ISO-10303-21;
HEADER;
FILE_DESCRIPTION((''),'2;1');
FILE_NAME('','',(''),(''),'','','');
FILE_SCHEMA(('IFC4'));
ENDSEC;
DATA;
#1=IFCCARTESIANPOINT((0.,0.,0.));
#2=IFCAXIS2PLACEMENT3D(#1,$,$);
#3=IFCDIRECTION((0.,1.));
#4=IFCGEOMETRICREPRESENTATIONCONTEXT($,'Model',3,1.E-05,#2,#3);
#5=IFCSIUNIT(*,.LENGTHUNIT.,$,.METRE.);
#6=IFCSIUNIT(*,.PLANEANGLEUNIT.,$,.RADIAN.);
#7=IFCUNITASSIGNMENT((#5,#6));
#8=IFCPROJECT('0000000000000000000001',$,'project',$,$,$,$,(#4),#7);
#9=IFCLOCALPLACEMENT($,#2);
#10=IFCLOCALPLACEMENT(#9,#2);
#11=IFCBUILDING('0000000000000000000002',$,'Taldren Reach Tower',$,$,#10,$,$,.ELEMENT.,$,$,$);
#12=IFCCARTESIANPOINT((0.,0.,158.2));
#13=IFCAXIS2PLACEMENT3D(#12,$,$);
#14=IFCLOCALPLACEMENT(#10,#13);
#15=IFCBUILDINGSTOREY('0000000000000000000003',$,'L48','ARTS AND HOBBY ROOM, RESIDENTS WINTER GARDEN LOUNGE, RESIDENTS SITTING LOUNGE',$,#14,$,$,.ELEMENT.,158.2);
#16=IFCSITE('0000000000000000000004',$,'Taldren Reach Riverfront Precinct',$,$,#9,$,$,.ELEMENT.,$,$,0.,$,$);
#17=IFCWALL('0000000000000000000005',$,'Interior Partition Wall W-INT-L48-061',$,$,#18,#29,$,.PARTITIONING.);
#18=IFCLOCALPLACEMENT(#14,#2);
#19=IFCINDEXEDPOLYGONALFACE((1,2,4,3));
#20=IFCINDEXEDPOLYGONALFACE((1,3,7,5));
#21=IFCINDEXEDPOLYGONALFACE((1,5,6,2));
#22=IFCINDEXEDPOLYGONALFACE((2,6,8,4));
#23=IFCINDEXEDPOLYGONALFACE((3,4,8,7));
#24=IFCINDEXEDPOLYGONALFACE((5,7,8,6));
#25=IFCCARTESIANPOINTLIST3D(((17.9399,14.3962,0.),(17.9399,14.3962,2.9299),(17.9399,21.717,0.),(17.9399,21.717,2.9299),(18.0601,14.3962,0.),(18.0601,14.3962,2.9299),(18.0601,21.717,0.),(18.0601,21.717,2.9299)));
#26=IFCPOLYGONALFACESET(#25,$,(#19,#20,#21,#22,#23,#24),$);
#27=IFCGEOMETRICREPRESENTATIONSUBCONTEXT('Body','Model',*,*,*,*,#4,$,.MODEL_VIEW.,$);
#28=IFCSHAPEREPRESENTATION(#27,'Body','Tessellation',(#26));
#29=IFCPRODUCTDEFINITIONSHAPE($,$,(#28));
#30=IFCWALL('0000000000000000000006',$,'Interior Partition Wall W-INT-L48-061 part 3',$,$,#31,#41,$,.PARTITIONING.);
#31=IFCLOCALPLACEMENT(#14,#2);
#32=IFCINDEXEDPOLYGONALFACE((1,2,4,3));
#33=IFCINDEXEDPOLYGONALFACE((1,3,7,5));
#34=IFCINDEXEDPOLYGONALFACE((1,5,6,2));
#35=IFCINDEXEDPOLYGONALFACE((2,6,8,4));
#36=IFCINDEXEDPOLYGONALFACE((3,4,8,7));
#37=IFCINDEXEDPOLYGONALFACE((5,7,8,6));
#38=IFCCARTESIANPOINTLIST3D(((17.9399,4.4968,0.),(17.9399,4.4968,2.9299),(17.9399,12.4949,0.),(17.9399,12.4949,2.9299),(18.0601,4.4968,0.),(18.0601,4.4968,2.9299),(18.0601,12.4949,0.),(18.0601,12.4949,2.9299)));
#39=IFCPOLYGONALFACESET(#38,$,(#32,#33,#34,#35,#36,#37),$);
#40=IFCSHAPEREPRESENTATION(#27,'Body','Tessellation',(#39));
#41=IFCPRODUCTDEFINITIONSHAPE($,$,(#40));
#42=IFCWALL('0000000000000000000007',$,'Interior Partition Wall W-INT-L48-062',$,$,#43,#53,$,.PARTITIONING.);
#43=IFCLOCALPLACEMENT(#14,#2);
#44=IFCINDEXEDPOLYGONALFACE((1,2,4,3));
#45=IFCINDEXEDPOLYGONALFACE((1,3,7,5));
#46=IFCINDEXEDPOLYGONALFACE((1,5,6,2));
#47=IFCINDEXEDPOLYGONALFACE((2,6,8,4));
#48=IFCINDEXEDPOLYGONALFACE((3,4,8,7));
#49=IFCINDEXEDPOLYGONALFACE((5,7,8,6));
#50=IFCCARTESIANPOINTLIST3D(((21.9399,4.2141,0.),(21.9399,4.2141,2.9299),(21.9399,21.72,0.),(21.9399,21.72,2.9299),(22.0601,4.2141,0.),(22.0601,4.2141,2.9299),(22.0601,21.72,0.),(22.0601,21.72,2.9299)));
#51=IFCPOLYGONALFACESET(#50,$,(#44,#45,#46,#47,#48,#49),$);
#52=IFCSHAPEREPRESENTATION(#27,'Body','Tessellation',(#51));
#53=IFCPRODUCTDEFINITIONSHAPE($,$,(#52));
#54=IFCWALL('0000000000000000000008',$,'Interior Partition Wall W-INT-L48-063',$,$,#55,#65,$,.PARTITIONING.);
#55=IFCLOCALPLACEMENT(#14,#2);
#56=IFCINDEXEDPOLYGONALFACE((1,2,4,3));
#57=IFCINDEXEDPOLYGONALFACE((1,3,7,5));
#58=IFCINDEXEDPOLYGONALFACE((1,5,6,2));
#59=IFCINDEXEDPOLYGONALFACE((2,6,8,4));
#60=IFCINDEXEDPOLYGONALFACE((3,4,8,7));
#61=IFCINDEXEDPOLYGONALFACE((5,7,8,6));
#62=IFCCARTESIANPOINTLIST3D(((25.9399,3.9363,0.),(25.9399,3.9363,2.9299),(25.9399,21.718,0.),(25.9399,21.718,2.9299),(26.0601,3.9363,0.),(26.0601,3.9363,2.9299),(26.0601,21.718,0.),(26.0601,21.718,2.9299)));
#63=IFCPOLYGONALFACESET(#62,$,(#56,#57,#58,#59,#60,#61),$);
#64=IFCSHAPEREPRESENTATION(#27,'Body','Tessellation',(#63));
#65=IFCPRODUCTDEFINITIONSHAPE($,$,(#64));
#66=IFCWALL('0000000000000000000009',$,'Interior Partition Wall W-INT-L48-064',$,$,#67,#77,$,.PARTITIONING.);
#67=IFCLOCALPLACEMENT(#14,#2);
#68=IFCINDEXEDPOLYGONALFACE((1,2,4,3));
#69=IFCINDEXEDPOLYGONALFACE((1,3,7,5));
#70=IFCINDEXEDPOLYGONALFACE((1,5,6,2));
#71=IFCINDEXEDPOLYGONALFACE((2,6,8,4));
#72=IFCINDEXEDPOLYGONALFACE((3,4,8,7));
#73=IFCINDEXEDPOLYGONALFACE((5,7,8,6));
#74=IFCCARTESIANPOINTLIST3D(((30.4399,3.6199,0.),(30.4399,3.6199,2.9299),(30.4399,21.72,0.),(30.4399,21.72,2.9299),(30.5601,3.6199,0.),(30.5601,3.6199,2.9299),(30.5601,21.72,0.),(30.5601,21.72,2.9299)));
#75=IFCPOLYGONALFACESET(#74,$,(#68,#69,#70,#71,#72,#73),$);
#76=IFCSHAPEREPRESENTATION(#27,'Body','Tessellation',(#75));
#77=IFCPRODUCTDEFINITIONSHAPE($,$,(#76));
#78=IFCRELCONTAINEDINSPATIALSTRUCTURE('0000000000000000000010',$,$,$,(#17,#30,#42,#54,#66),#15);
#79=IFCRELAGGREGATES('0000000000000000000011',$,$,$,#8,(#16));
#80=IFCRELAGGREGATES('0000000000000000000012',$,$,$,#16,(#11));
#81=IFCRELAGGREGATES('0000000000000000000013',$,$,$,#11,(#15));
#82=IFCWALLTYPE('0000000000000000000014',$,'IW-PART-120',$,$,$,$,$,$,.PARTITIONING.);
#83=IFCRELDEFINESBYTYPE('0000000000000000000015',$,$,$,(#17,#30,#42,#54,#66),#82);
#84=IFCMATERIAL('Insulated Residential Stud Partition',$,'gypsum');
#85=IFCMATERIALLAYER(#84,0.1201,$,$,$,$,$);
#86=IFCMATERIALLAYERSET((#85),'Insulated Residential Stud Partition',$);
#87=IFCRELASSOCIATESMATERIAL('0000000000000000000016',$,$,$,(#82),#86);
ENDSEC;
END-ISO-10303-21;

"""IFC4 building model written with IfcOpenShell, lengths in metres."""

from ifc_helpers import new_model, si_unit, direction, frame, frame_2d, origin, place, context, subcontext, project, spatial, rectangle, extrude, source, transform, mapped, material, layer, layer_set, type_object, element, save


model = new_model("IFC4")

# Units and contexts
model_context = context("Model", 3, precision=1e-05, world=origin(), true_north=direction((0.0, 1.0)))
body_context = subcontext(model_context, "Body", "Model", "MODEL_VIEW")
ifc_project = project(units=[si_unit("LENGTHUNIT", "METRE"), si_unit("PLANEANGLEUNIT", "RADIAN")], contexts=[model_context])

# Site, building, storey
site_placement = place(None, origin())
site = spatial("IfcSite", under=ifc_project, at=site_placement, Name="Taldren Reach Riverfront Precinct", CompositionType="ELEMENT", RefElevation=0.0)
building_placement = place(site_placement, origin())
building = spatial("IfcBuilding", under=site, at=building_placement, Name="Taldren Reach Tower", CompositionType="ELEMENT")
storey_placement = place(building_placement, frame((0.0, 0.0, 158.2)))
storey = spatial("IfcBuildingStorey", under=building, at=storey_placement, Name="L48", Description="ARTS AND HOBBY ROOM, RESIDENTS WINTER GARDEN LOUNGE, RESIDENTS SITTING LOUNGE", CompositionType="ELEMENT", Elevation=158.2)

# Shared definitions
ifc_material_1 = material(Name="Insulated Residential Stud Partition", Category="gypsum")
ifc_layer_1 = layer(ifc_material_1, 0.1201)
ifc_layer_set_1 = layer_set([ifc_layer_1], Name="Insulated Residential Stud Partition")
wall_type_1 = type_object("IfcWallType", Name="IW-PART-120", PredefinedType="PARTITIONING", material=ifc_layer_set_1)

# Walls
shared_shape_1 = source(origin(), body_context, "Body", "SweptSolid", [
    extrude(rectangle(XDim=7.3208, YDim=0.1201, at=frame_2d((3.6604, 0.0))), origin(), (0.0, 0.0, 1.0), 2.9299),
])
wall_1_placement = place(storey_placement, frame((18.0, 21.717, 0.0), z_axis=(0.0, 0.0, 1.0), x_axis=(0.0, -1.0, 0.0)))
element("IfcWall", 1, at=wall_1_placement, inside=storey, type_object=wall_type_1, Name="Interior Partition Wall W-INT-L48-061", PredefinedType="PARTITIONING", context=body_context, shape_type="MappedRepresentation", body=[
    mapped(shared_shape_1, transform((0.0, 0.0, 0.0), scale=1.0)),
])
shared_shape_2 = source(origin(), body_context, "Body", "SweptSolid", [
    extrude(rectangle(XDim=7.998, YDim=0.1201, at=frame_2d((3.999, 0.0))), origin(), (0.0, 0.0, 1.0), 2.9299),
])
wall_2_placement = place(storey_placement, frame((18.0, 12.4949, 0.0), z_axis=(0.0, 0.0, 1.0), x_axis=(0.0, -1.0, 0.0)))
element("IfcWall", 2, at=wall_2_placement, inside=storey, type_object=wall_type_1, Name="Interior Partition Wall W-INT-L48-061 part 3", PredefinedType="PARTITIONING", context=body_context, shape_type="MappedRepresentation", body=[
    mapped(shared_shape_2, transform((0.0, 0.0, 0.0), scale=1.0)),
])
shared_shape_3 = source(origin(), body_context, "Body", "SweptSolid", [
    extrude(rectangle(XDim=17.5059, YDim=0.1201, at=frame_2d((8.7529, 0.0))), origin(), (0.0, 0.0, 1.0), 2.9299),
])
wall_3_placement = place(storey_placement, frame((22.0, 21.72, 0.0), z_axis=(0.0, 0.0, 1.0), x_axis=(0.0, -1.0, 0.0)))
element("IfcWall", 3, at=wall_3_placement, inside=storey, type_object=wall_type_1, Name="Interior Partition Wall W-INT-L48-062", PredefinedType="PARTITIONING", context=body_context, shape_type="MappedRepresentation", body=[
    mapped(shared_shape_3, transform((0.0, 0.0, 0.0), scale=1.0)),
])
shared_shape_4 = source(origin(), body_context, "Body", "SweptSolid", [
    extrude(rectangle(XDim=17.7817, YDim=0.1201, at=frame_2d((8.8909, 0.0))), origin(), (0.0, 0.0, 1.0), 2.9299),
])
wall_4_placement = place(storey_placement, frame((26.0, 21.718, 0.0), z_axis=(0.0, 0.0, 1.0), x_axis=(0.0, -1.0, 0.0)))
element("IfcWall", 4, at=wall_4_placement, inside=storey, type_object=wall_type_1, Name="Interior Partition Wall W-INT-L48-063", PredefinedType="PARTITIONING", context=body_context, shape_type="MappedRepresentation", body=[
    mapped(shared_shape_4, transform((0.0, 0.0, 0.0), scale=1.0)),
])
shared_shape_5 = source(origin(), body_context, "Body", "SweptSolid", [
    extrude(rectangle(XDim=18.1001, YDim=0.1201, at=frame_2d((9.05, 0.0))), origin(), (0.0, 0.0, 1.0), 2.9299),
])
wall_5_placement = place(storey_placement, frame((30.5, 21.72, 0.0), z_axis=(0.0, 0.0, 1.0), x_axis=(0.0, -1.0, 0.0)))
element("IfcWall", 5, at=wall_5_placement, inside=storey, type_object=wall_type_1, Name="Interior Partition Wall W-INT-L48-064", PredefinedType="PARTITIONING", context=body_context, shape_type="MappedRepresentation", body=[
    mapped(shared_shape_5, transform((0.0, 0.0, 0.0), scale=1.0)),
])

save(model, "model.ifc")
